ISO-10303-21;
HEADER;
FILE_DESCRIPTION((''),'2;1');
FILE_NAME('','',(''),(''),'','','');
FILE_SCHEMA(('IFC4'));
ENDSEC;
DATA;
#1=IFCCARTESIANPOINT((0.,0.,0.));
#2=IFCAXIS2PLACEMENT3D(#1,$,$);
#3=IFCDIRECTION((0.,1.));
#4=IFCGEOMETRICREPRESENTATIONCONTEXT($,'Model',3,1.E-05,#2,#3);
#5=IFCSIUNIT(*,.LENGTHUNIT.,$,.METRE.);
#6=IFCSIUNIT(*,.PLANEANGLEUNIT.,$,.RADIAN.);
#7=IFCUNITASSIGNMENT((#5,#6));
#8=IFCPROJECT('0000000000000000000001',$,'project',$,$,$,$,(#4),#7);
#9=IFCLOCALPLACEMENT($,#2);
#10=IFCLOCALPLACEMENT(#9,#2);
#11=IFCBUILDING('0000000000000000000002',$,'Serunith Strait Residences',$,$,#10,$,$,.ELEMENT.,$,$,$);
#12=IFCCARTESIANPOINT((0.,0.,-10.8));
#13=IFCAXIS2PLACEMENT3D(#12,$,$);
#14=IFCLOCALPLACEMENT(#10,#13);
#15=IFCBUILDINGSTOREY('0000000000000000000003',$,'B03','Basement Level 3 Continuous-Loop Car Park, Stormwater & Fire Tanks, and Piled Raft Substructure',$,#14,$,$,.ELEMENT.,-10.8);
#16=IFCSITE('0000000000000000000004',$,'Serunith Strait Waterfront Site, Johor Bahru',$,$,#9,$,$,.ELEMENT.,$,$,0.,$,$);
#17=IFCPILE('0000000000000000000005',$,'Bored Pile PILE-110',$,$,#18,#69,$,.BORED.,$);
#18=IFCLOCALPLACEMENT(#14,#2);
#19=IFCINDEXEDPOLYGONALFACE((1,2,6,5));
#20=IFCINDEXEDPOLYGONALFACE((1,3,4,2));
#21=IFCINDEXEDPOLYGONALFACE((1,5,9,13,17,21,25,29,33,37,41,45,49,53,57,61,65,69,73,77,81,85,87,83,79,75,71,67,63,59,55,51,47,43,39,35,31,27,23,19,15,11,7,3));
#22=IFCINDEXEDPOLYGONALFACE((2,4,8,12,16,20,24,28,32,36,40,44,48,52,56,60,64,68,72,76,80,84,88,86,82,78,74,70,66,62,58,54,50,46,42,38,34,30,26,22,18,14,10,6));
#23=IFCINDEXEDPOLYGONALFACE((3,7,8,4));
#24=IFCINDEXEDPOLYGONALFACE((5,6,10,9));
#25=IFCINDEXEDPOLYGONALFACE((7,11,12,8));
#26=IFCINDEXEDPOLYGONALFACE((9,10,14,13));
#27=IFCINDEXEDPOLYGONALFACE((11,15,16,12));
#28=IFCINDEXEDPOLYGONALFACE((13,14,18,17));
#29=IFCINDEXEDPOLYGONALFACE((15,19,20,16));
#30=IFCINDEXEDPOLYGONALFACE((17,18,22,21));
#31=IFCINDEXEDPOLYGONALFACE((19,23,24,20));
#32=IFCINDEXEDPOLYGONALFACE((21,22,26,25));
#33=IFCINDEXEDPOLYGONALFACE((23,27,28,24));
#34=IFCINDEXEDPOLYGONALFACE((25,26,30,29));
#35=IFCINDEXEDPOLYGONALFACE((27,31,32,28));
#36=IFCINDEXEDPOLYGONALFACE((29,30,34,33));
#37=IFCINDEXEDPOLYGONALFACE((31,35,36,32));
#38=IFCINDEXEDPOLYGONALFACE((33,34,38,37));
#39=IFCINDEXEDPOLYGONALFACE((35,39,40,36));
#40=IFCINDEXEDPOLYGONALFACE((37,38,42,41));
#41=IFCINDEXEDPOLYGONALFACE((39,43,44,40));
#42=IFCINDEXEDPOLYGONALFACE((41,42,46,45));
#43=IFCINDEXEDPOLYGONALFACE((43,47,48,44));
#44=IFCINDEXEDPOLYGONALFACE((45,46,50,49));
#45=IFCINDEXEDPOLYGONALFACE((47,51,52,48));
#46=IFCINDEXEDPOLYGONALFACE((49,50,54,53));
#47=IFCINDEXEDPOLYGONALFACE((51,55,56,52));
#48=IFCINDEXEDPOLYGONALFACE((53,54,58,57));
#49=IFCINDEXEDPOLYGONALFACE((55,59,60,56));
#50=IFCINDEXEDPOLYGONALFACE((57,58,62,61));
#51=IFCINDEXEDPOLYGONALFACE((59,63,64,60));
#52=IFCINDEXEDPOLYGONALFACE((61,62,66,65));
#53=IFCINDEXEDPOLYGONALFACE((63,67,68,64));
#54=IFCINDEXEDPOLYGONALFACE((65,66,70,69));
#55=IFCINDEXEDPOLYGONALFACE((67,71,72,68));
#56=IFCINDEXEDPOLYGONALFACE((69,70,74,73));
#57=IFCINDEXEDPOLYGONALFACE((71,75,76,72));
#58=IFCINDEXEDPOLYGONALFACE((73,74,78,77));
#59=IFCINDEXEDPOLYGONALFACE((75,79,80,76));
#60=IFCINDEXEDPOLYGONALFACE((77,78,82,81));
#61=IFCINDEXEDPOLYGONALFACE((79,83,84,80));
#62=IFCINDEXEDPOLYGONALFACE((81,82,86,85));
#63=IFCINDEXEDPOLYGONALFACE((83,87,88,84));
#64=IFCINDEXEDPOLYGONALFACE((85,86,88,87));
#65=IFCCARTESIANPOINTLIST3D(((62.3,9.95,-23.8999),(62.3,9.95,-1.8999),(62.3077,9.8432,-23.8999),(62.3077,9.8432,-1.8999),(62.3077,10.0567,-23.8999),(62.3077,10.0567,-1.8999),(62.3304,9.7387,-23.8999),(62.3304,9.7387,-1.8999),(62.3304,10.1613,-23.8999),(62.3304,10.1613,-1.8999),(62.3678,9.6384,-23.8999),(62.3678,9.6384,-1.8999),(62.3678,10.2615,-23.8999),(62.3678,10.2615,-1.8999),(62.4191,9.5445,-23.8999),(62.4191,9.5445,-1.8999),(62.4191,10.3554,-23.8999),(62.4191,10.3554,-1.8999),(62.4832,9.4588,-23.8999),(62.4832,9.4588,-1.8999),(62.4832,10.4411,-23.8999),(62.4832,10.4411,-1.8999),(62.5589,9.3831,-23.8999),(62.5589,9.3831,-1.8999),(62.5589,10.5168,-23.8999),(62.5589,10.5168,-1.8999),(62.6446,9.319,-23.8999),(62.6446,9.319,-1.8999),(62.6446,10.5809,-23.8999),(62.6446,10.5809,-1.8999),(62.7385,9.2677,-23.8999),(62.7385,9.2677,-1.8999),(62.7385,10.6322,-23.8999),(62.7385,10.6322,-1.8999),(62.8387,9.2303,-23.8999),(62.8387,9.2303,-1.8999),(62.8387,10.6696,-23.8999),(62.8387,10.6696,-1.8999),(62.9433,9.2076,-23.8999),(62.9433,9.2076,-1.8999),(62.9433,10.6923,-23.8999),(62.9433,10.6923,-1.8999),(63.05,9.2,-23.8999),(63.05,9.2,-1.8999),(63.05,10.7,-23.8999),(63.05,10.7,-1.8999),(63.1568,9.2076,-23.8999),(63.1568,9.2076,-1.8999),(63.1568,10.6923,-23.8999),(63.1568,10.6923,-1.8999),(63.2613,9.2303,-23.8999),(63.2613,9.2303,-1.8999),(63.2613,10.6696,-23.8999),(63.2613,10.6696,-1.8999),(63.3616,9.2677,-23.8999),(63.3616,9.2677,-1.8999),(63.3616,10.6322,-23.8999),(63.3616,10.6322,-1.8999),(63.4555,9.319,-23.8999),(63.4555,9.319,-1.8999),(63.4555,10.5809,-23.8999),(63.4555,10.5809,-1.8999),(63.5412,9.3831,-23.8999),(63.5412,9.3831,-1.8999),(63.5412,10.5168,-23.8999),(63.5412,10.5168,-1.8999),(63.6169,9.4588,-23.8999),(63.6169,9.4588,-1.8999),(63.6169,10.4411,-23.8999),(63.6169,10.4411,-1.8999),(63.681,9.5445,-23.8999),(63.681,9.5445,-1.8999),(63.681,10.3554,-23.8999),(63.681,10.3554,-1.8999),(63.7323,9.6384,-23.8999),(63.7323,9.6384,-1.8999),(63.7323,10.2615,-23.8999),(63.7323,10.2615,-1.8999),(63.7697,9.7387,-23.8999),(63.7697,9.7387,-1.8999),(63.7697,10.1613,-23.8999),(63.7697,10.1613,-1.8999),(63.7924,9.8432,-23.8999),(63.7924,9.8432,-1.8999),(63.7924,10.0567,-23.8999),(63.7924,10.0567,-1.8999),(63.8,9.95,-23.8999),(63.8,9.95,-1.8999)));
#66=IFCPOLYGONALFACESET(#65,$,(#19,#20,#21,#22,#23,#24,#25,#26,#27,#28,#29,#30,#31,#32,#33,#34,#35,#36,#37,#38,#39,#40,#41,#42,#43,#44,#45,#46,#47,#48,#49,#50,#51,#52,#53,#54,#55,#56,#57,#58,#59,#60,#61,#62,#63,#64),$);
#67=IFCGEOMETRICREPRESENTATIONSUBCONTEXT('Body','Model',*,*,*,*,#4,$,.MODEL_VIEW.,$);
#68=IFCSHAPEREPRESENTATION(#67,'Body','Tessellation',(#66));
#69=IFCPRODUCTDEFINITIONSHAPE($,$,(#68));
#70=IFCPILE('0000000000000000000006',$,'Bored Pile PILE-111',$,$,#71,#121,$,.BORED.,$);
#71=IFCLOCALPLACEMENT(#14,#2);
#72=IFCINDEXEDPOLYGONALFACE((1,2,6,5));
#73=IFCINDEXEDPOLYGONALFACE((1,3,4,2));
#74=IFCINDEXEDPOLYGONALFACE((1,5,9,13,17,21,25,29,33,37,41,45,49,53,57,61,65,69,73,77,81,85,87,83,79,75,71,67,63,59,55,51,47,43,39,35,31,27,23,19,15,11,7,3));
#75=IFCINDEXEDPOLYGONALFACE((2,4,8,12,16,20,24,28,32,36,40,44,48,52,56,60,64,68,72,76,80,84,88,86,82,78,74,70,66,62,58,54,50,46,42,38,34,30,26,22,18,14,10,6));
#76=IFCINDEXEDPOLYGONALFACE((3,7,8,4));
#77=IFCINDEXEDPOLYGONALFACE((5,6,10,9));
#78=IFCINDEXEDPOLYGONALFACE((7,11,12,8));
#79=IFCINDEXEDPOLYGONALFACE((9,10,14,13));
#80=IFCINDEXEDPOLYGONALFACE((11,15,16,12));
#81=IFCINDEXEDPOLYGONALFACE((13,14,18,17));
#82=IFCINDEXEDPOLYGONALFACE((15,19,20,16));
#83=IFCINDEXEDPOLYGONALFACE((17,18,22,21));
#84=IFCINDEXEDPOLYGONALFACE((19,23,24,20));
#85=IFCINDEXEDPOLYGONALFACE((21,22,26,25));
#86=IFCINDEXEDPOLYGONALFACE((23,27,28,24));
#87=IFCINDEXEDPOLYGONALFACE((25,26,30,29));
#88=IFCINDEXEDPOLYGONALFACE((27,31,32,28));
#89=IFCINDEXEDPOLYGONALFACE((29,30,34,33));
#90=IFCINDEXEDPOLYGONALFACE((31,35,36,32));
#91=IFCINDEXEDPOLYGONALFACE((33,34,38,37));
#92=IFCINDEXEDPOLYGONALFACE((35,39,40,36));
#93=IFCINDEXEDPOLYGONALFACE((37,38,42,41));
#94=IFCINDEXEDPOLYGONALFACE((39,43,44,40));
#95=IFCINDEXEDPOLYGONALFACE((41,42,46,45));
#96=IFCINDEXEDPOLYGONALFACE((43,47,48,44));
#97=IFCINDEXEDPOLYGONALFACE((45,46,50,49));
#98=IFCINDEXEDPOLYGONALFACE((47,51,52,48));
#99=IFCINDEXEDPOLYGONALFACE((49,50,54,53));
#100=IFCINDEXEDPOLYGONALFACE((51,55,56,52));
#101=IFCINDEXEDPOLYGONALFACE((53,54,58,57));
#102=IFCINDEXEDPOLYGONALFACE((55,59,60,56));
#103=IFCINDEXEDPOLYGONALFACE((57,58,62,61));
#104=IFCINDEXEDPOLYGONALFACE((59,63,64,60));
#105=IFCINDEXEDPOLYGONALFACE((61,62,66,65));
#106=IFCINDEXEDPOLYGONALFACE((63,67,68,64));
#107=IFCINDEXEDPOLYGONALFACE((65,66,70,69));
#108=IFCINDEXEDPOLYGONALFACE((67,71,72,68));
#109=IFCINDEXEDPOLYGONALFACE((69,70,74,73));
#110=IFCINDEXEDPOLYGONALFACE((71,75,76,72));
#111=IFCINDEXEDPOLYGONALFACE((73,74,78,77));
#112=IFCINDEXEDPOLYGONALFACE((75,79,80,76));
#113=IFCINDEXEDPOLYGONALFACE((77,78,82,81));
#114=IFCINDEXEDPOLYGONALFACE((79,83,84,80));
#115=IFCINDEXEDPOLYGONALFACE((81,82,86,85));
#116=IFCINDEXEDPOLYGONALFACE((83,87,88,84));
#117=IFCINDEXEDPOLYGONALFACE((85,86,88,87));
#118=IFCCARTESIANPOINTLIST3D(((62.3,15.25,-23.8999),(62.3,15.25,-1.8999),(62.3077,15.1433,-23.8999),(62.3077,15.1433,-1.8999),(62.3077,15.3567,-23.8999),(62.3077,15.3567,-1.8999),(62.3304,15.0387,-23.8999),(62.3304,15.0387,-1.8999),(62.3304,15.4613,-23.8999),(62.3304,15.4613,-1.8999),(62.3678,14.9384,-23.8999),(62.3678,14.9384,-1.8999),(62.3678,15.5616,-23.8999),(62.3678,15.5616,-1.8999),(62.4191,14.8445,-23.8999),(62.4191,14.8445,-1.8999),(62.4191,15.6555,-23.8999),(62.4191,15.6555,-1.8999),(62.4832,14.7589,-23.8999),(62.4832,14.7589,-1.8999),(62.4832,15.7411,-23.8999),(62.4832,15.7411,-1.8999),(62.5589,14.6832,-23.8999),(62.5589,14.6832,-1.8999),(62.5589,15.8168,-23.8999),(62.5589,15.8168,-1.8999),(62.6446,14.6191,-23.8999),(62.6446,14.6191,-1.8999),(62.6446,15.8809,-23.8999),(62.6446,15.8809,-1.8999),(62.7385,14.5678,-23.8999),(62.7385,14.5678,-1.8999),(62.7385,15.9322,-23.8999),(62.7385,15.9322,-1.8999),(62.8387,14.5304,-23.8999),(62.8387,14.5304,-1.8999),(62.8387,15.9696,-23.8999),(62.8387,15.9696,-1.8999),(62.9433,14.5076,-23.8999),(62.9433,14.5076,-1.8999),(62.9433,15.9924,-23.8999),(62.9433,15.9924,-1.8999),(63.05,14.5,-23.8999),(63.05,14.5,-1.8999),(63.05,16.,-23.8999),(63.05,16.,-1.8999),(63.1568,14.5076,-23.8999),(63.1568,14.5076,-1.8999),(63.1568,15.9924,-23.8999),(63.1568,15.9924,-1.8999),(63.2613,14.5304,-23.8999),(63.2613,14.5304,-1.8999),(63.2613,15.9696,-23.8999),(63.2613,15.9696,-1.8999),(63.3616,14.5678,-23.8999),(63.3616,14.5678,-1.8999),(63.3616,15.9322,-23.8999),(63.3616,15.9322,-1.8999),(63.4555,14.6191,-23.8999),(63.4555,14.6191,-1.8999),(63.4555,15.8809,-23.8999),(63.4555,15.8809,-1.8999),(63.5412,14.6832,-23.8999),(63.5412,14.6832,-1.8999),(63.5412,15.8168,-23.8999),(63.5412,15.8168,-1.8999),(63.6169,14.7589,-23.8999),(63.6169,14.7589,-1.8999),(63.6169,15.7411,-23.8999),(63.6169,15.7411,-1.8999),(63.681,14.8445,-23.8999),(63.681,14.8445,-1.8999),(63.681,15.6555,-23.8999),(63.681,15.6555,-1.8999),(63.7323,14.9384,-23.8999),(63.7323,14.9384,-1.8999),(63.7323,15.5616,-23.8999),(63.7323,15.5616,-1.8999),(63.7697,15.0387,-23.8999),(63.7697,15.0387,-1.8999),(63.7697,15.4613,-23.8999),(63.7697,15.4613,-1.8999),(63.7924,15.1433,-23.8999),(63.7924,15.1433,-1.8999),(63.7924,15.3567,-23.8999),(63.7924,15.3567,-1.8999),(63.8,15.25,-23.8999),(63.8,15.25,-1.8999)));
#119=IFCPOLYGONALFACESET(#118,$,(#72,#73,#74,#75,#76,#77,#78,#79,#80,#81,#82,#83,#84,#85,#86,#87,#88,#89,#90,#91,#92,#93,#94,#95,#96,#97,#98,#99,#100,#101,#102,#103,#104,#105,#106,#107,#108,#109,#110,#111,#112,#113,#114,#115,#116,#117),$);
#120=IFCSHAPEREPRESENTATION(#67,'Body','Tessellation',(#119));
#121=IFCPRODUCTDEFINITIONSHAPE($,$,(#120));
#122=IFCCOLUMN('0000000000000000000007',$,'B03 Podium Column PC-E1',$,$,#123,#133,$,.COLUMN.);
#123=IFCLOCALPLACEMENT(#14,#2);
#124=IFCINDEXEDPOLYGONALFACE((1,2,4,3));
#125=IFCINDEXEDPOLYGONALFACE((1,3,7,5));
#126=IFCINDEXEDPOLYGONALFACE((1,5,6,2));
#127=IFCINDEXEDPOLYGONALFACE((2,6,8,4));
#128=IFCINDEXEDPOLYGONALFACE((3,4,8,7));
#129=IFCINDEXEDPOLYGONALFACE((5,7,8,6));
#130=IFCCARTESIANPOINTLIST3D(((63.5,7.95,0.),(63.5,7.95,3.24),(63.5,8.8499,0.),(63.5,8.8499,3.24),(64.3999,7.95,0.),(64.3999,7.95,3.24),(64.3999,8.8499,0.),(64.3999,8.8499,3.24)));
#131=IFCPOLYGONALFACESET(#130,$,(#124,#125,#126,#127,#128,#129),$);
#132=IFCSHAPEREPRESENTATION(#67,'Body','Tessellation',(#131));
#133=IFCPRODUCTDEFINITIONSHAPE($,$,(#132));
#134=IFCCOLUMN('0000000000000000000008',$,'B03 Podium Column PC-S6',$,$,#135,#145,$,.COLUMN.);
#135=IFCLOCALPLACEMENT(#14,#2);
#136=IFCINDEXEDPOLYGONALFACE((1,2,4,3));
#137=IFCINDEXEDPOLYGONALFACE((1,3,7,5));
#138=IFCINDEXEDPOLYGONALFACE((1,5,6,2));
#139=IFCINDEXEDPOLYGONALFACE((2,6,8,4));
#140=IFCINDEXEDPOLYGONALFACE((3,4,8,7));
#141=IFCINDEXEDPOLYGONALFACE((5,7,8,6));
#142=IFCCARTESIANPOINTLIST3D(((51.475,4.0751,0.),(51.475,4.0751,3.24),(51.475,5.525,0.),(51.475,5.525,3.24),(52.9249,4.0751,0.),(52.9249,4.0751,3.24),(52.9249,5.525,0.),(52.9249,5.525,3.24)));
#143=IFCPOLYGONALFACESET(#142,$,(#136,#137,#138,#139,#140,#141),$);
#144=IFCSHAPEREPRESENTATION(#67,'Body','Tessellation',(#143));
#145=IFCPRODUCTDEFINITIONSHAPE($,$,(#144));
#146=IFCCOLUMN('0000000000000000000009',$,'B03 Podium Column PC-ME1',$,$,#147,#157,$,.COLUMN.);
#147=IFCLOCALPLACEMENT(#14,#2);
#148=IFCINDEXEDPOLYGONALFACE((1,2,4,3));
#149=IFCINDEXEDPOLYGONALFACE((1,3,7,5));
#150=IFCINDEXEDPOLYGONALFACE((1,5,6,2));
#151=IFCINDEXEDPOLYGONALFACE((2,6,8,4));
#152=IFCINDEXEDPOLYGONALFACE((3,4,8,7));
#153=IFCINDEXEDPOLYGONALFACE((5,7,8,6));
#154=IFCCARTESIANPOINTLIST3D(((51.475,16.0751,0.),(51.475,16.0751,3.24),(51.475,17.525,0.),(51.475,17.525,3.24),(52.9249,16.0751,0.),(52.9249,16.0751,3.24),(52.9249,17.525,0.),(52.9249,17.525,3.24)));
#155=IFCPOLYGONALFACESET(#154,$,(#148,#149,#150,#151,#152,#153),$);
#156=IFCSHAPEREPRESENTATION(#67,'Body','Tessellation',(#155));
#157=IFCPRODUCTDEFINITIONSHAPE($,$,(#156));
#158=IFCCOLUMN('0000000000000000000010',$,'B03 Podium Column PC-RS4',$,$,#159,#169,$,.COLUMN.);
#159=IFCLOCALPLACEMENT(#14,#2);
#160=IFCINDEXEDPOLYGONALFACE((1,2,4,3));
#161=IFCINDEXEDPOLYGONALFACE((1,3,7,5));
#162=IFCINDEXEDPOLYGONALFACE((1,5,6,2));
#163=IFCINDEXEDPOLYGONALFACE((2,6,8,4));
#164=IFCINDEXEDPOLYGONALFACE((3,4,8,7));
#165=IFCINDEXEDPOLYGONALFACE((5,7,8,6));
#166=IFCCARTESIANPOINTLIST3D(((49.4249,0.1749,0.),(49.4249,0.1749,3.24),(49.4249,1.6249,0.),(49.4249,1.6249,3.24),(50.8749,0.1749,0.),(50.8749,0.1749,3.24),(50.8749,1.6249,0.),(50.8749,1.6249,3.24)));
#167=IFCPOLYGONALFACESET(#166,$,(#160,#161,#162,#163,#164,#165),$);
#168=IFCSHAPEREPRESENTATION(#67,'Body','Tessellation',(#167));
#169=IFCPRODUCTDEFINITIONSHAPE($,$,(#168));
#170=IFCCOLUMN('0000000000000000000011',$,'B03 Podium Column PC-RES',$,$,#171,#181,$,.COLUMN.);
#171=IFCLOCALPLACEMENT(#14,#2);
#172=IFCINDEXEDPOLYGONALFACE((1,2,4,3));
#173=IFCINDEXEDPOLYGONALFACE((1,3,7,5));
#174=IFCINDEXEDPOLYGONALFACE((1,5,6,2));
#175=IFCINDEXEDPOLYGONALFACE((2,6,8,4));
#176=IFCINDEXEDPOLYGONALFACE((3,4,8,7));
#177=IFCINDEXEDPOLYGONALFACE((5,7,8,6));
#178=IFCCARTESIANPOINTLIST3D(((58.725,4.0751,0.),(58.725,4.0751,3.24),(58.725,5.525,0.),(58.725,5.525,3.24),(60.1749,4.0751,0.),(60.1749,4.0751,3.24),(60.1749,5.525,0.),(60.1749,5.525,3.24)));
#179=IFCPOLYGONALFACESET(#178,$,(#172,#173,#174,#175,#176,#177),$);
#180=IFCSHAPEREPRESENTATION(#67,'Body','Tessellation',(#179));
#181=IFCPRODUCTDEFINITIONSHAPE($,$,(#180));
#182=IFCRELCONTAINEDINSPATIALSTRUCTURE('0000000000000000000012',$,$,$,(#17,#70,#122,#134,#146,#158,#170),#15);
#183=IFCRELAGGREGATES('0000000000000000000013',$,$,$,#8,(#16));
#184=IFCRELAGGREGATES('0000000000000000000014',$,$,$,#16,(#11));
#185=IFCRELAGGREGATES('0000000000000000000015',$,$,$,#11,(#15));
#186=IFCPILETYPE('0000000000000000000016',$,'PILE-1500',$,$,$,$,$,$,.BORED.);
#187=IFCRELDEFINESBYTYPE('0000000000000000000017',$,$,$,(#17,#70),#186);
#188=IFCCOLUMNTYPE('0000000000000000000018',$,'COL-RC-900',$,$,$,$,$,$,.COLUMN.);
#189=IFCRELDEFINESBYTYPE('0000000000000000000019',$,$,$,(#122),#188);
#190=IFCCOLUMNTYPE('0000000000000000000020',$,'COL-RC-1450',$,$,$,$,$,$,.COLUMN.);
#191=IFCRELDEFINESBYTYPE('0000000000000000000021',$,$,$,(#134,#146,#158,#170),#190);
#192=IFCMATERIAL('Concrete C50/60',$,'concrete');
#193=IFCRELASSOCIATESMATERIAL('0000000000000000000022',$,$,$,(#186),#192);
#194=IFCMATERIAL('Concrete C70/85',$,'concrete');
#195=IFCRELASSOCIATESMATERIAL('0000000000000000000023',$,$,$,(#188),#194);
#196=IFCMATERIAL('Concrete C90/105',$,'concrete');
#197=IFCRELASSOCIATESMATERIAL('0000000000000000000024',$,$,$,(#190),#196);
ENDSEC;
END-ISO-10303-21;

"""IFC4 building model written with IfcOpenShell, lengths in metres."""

from ifc_helpers import new_model, si_unit, direction, frame, origin, origin_2d, place, context, subcontext, project, spatial, rectangle, circle, extrude, source, transform, mapped, material, material_profile, profile_set, type_object, element, save


model = new_model("IFC4")

# Units and contexts
model_context = context("Model", 3, precision=1e-05, world=origin(), true_north=direction((0.0, 1.0)))
body_context = subcontext(model_context, "Body", "Model", "MODEL_VIEW")
ifc_project = project(units=[si_unit("LENGTHUNIT", "METRE"), si_unit("PLANEANGLEUNIT", "RADIAN")], contexts=[model_context])

# Site, building, storey
site_placement = place(None, origin())
site = spatial("IfcSite", under=ifc_project, at=site_placement, Name="Serunith Strait Waterfront Site, Johor Bahru", CompositionType="ELEMENT", RefElevation=0.0)
building_placement = place(site_placement, origin())
building = spatial("IfcBuilding", under=site, at=building_placement, Name="Serunith Strait Residences", CompositionType="ELEMENT")
storey_placement = place(building_placement, frame((0.0, 0.0, -10.8)))
storey = spatial("IfcBuildingStorey", under=building, at=storey_placement, Name="B03", Description="Basement Level 3 Continuous-Loop Car Park, Stormwater & Fire Tanks, and Piled Raft Substructure", CompositionType="ELEMENT", Elevation=-10.8)

# Shared definitions
ifc_material_1 = material(Name="Concrete C50/60", Category="concrete")

# Piles
ifc_material_profile_1 = material_profile(ifc_material_1, circle(Radius=0.75, at=origin_2d()), Name="PILE D1500")
ifc_profile_set_1 = profile_set([ifc_material_profile_1], Name="Concrete C50/60")
pile_type_1 = type_object("IfcPileType", Name="PILE-1500", PredefinedType="BORED", material=ifc_profile_set_1)
shared_shape_1 = source(origin(), body_context, "Body", "SweptSolid", [
    extrude(circle(Radius=0.75, at=origin_2d()), origin(), (0.0, 0.0, 1.0), 22.0),
])
for number, where, z_axis, x_axis, name in (
    (1, (63.05, 9.95, -1.8999), (0.0, 0.0, -1.0), (1.0, 0.0, 0.0), "Bored Pile PILE-110"),
    (2, (63.05, 15.25, -1.8999), (0.0, 0.0, -1.0), (1.0, 0.0, 0.0), "Bored Pile PILE-111"),
):
    element("IfcPile", number, at=place(storey_placement, frame(where, z_axis=z_axis, x_axis=x_axis)), inside=storey, type_object=pile_type_1, Name=name, PredefinedType="BORED", context=body_context, shape_type="MappedRepresentation", body=[
        mapped(shared_shape_1, transform((0.0, 0.0, 0.0), scale=1.0)),
    ])

# Columns
ifc_material_2 = material(Name="Concrete C70/85", Category="concrete")
ifc_material_profile_2 = material_profile(ifc_material_2, rectangle(XDim=0.8999, YDim=0.8999, at=origin_2d()), Name="RC 900x900")
ifc_profile_set_2 = profile_set([ifc_material_profile_2], Name="Concrete C70/85")
column_type_1 = type_object("IfcColumnType", Name="COL-RC-900", PredefinedType="COLUMN", material=ifc_profile_set_2)
shared_shape_2 = source(origin(), body_context, "Body", "SweptSolid", [
    extrude(rectangle(XDim=0.8999, YDim=0.8999, at=origin_2d()), origin(), (0.0, 0.0, 1.0), 3.24),
])
column_placement = place(storey_placement, frame((63.95, 8.3999, 0.0), z_axis=(0.0, 0.0, 1.0), x_axis=(1.0, 0.0, 0.0)))
element("IfcColumn", 3, at=column_placement, inside=storey, type_object=column_type_1, Name="B03 Podium Column PC-E1", PredefinedType="COLUMN", context=body_context, shape_type="MappedRepresentation", body=[
    mapped(shared_shape_2, transform((0.0, 0.0, 0.0), scale=1.0)),
])
ifc_material_3 = material(Name="Concrete C90/105", Category="concrete")
ifc_material_profile_3 = material_profile(ifc_material_3, rectangle(XDim=1.45, YDim=1.45, at=origin_2d()), Name="RC 1450x1450")
ifc_profile_set_3 = profile_set([ifc_material_profile_3], Name="Concrete C90/105")
column_type_2 = type_object("IfcColumnType", Name="COL-RC-1450", PredefinedType="COLUMN", material=ifc_profile_set_3)
shared_shape_3 = source(origin(), body_context, "Body", "SweptSolid", [
    extrude(rectangle(XDim=1.45, YDim=1.45, at=origin_2d()), origin(), (0.0, 0.0, 1.0), 3.24),
])
for number, where, z_axis, x_axis, name in (
    (4, (52.2, 4.8, 0.0), (0.0, 0.0, 1.0), (1.0, 0.0, 0.0), "B03 Podium Column PC-S6"),
    (5, (52.2, 16.8, 0.0), (0.0, 0.0, 1.0), (1.0, 0.0, 0.0), "B03 Podium Column PC-ME1"),
    (6, (50.1499, 0.8999, 0.0), (0.0, 0.0, 1.0), (1.0, 0.0, 0.0), "B03 Podium Column PC-RS4"),
    (7, (59.45, 4.8, 0.0), (0.0, 0.0, 1.0), (1.0, 0.0, 0.0), "B03 Podium Column PC-RES"),
):
    element("IfcColumn", number, at=place(storey_placement, frame(where, z_axis=z_axis, x_axis=x_axis)), inside=storey, type_object=column_type_2, Name=name, PredefinedType="COLUMN", context=body_context, shape_type="MappedRepresentation", body=[
        mapped(shared_shape_3, transform((0.0, 0.0, 0.0), scale=1.0)),
    ])

save(model, "model.ifc")
